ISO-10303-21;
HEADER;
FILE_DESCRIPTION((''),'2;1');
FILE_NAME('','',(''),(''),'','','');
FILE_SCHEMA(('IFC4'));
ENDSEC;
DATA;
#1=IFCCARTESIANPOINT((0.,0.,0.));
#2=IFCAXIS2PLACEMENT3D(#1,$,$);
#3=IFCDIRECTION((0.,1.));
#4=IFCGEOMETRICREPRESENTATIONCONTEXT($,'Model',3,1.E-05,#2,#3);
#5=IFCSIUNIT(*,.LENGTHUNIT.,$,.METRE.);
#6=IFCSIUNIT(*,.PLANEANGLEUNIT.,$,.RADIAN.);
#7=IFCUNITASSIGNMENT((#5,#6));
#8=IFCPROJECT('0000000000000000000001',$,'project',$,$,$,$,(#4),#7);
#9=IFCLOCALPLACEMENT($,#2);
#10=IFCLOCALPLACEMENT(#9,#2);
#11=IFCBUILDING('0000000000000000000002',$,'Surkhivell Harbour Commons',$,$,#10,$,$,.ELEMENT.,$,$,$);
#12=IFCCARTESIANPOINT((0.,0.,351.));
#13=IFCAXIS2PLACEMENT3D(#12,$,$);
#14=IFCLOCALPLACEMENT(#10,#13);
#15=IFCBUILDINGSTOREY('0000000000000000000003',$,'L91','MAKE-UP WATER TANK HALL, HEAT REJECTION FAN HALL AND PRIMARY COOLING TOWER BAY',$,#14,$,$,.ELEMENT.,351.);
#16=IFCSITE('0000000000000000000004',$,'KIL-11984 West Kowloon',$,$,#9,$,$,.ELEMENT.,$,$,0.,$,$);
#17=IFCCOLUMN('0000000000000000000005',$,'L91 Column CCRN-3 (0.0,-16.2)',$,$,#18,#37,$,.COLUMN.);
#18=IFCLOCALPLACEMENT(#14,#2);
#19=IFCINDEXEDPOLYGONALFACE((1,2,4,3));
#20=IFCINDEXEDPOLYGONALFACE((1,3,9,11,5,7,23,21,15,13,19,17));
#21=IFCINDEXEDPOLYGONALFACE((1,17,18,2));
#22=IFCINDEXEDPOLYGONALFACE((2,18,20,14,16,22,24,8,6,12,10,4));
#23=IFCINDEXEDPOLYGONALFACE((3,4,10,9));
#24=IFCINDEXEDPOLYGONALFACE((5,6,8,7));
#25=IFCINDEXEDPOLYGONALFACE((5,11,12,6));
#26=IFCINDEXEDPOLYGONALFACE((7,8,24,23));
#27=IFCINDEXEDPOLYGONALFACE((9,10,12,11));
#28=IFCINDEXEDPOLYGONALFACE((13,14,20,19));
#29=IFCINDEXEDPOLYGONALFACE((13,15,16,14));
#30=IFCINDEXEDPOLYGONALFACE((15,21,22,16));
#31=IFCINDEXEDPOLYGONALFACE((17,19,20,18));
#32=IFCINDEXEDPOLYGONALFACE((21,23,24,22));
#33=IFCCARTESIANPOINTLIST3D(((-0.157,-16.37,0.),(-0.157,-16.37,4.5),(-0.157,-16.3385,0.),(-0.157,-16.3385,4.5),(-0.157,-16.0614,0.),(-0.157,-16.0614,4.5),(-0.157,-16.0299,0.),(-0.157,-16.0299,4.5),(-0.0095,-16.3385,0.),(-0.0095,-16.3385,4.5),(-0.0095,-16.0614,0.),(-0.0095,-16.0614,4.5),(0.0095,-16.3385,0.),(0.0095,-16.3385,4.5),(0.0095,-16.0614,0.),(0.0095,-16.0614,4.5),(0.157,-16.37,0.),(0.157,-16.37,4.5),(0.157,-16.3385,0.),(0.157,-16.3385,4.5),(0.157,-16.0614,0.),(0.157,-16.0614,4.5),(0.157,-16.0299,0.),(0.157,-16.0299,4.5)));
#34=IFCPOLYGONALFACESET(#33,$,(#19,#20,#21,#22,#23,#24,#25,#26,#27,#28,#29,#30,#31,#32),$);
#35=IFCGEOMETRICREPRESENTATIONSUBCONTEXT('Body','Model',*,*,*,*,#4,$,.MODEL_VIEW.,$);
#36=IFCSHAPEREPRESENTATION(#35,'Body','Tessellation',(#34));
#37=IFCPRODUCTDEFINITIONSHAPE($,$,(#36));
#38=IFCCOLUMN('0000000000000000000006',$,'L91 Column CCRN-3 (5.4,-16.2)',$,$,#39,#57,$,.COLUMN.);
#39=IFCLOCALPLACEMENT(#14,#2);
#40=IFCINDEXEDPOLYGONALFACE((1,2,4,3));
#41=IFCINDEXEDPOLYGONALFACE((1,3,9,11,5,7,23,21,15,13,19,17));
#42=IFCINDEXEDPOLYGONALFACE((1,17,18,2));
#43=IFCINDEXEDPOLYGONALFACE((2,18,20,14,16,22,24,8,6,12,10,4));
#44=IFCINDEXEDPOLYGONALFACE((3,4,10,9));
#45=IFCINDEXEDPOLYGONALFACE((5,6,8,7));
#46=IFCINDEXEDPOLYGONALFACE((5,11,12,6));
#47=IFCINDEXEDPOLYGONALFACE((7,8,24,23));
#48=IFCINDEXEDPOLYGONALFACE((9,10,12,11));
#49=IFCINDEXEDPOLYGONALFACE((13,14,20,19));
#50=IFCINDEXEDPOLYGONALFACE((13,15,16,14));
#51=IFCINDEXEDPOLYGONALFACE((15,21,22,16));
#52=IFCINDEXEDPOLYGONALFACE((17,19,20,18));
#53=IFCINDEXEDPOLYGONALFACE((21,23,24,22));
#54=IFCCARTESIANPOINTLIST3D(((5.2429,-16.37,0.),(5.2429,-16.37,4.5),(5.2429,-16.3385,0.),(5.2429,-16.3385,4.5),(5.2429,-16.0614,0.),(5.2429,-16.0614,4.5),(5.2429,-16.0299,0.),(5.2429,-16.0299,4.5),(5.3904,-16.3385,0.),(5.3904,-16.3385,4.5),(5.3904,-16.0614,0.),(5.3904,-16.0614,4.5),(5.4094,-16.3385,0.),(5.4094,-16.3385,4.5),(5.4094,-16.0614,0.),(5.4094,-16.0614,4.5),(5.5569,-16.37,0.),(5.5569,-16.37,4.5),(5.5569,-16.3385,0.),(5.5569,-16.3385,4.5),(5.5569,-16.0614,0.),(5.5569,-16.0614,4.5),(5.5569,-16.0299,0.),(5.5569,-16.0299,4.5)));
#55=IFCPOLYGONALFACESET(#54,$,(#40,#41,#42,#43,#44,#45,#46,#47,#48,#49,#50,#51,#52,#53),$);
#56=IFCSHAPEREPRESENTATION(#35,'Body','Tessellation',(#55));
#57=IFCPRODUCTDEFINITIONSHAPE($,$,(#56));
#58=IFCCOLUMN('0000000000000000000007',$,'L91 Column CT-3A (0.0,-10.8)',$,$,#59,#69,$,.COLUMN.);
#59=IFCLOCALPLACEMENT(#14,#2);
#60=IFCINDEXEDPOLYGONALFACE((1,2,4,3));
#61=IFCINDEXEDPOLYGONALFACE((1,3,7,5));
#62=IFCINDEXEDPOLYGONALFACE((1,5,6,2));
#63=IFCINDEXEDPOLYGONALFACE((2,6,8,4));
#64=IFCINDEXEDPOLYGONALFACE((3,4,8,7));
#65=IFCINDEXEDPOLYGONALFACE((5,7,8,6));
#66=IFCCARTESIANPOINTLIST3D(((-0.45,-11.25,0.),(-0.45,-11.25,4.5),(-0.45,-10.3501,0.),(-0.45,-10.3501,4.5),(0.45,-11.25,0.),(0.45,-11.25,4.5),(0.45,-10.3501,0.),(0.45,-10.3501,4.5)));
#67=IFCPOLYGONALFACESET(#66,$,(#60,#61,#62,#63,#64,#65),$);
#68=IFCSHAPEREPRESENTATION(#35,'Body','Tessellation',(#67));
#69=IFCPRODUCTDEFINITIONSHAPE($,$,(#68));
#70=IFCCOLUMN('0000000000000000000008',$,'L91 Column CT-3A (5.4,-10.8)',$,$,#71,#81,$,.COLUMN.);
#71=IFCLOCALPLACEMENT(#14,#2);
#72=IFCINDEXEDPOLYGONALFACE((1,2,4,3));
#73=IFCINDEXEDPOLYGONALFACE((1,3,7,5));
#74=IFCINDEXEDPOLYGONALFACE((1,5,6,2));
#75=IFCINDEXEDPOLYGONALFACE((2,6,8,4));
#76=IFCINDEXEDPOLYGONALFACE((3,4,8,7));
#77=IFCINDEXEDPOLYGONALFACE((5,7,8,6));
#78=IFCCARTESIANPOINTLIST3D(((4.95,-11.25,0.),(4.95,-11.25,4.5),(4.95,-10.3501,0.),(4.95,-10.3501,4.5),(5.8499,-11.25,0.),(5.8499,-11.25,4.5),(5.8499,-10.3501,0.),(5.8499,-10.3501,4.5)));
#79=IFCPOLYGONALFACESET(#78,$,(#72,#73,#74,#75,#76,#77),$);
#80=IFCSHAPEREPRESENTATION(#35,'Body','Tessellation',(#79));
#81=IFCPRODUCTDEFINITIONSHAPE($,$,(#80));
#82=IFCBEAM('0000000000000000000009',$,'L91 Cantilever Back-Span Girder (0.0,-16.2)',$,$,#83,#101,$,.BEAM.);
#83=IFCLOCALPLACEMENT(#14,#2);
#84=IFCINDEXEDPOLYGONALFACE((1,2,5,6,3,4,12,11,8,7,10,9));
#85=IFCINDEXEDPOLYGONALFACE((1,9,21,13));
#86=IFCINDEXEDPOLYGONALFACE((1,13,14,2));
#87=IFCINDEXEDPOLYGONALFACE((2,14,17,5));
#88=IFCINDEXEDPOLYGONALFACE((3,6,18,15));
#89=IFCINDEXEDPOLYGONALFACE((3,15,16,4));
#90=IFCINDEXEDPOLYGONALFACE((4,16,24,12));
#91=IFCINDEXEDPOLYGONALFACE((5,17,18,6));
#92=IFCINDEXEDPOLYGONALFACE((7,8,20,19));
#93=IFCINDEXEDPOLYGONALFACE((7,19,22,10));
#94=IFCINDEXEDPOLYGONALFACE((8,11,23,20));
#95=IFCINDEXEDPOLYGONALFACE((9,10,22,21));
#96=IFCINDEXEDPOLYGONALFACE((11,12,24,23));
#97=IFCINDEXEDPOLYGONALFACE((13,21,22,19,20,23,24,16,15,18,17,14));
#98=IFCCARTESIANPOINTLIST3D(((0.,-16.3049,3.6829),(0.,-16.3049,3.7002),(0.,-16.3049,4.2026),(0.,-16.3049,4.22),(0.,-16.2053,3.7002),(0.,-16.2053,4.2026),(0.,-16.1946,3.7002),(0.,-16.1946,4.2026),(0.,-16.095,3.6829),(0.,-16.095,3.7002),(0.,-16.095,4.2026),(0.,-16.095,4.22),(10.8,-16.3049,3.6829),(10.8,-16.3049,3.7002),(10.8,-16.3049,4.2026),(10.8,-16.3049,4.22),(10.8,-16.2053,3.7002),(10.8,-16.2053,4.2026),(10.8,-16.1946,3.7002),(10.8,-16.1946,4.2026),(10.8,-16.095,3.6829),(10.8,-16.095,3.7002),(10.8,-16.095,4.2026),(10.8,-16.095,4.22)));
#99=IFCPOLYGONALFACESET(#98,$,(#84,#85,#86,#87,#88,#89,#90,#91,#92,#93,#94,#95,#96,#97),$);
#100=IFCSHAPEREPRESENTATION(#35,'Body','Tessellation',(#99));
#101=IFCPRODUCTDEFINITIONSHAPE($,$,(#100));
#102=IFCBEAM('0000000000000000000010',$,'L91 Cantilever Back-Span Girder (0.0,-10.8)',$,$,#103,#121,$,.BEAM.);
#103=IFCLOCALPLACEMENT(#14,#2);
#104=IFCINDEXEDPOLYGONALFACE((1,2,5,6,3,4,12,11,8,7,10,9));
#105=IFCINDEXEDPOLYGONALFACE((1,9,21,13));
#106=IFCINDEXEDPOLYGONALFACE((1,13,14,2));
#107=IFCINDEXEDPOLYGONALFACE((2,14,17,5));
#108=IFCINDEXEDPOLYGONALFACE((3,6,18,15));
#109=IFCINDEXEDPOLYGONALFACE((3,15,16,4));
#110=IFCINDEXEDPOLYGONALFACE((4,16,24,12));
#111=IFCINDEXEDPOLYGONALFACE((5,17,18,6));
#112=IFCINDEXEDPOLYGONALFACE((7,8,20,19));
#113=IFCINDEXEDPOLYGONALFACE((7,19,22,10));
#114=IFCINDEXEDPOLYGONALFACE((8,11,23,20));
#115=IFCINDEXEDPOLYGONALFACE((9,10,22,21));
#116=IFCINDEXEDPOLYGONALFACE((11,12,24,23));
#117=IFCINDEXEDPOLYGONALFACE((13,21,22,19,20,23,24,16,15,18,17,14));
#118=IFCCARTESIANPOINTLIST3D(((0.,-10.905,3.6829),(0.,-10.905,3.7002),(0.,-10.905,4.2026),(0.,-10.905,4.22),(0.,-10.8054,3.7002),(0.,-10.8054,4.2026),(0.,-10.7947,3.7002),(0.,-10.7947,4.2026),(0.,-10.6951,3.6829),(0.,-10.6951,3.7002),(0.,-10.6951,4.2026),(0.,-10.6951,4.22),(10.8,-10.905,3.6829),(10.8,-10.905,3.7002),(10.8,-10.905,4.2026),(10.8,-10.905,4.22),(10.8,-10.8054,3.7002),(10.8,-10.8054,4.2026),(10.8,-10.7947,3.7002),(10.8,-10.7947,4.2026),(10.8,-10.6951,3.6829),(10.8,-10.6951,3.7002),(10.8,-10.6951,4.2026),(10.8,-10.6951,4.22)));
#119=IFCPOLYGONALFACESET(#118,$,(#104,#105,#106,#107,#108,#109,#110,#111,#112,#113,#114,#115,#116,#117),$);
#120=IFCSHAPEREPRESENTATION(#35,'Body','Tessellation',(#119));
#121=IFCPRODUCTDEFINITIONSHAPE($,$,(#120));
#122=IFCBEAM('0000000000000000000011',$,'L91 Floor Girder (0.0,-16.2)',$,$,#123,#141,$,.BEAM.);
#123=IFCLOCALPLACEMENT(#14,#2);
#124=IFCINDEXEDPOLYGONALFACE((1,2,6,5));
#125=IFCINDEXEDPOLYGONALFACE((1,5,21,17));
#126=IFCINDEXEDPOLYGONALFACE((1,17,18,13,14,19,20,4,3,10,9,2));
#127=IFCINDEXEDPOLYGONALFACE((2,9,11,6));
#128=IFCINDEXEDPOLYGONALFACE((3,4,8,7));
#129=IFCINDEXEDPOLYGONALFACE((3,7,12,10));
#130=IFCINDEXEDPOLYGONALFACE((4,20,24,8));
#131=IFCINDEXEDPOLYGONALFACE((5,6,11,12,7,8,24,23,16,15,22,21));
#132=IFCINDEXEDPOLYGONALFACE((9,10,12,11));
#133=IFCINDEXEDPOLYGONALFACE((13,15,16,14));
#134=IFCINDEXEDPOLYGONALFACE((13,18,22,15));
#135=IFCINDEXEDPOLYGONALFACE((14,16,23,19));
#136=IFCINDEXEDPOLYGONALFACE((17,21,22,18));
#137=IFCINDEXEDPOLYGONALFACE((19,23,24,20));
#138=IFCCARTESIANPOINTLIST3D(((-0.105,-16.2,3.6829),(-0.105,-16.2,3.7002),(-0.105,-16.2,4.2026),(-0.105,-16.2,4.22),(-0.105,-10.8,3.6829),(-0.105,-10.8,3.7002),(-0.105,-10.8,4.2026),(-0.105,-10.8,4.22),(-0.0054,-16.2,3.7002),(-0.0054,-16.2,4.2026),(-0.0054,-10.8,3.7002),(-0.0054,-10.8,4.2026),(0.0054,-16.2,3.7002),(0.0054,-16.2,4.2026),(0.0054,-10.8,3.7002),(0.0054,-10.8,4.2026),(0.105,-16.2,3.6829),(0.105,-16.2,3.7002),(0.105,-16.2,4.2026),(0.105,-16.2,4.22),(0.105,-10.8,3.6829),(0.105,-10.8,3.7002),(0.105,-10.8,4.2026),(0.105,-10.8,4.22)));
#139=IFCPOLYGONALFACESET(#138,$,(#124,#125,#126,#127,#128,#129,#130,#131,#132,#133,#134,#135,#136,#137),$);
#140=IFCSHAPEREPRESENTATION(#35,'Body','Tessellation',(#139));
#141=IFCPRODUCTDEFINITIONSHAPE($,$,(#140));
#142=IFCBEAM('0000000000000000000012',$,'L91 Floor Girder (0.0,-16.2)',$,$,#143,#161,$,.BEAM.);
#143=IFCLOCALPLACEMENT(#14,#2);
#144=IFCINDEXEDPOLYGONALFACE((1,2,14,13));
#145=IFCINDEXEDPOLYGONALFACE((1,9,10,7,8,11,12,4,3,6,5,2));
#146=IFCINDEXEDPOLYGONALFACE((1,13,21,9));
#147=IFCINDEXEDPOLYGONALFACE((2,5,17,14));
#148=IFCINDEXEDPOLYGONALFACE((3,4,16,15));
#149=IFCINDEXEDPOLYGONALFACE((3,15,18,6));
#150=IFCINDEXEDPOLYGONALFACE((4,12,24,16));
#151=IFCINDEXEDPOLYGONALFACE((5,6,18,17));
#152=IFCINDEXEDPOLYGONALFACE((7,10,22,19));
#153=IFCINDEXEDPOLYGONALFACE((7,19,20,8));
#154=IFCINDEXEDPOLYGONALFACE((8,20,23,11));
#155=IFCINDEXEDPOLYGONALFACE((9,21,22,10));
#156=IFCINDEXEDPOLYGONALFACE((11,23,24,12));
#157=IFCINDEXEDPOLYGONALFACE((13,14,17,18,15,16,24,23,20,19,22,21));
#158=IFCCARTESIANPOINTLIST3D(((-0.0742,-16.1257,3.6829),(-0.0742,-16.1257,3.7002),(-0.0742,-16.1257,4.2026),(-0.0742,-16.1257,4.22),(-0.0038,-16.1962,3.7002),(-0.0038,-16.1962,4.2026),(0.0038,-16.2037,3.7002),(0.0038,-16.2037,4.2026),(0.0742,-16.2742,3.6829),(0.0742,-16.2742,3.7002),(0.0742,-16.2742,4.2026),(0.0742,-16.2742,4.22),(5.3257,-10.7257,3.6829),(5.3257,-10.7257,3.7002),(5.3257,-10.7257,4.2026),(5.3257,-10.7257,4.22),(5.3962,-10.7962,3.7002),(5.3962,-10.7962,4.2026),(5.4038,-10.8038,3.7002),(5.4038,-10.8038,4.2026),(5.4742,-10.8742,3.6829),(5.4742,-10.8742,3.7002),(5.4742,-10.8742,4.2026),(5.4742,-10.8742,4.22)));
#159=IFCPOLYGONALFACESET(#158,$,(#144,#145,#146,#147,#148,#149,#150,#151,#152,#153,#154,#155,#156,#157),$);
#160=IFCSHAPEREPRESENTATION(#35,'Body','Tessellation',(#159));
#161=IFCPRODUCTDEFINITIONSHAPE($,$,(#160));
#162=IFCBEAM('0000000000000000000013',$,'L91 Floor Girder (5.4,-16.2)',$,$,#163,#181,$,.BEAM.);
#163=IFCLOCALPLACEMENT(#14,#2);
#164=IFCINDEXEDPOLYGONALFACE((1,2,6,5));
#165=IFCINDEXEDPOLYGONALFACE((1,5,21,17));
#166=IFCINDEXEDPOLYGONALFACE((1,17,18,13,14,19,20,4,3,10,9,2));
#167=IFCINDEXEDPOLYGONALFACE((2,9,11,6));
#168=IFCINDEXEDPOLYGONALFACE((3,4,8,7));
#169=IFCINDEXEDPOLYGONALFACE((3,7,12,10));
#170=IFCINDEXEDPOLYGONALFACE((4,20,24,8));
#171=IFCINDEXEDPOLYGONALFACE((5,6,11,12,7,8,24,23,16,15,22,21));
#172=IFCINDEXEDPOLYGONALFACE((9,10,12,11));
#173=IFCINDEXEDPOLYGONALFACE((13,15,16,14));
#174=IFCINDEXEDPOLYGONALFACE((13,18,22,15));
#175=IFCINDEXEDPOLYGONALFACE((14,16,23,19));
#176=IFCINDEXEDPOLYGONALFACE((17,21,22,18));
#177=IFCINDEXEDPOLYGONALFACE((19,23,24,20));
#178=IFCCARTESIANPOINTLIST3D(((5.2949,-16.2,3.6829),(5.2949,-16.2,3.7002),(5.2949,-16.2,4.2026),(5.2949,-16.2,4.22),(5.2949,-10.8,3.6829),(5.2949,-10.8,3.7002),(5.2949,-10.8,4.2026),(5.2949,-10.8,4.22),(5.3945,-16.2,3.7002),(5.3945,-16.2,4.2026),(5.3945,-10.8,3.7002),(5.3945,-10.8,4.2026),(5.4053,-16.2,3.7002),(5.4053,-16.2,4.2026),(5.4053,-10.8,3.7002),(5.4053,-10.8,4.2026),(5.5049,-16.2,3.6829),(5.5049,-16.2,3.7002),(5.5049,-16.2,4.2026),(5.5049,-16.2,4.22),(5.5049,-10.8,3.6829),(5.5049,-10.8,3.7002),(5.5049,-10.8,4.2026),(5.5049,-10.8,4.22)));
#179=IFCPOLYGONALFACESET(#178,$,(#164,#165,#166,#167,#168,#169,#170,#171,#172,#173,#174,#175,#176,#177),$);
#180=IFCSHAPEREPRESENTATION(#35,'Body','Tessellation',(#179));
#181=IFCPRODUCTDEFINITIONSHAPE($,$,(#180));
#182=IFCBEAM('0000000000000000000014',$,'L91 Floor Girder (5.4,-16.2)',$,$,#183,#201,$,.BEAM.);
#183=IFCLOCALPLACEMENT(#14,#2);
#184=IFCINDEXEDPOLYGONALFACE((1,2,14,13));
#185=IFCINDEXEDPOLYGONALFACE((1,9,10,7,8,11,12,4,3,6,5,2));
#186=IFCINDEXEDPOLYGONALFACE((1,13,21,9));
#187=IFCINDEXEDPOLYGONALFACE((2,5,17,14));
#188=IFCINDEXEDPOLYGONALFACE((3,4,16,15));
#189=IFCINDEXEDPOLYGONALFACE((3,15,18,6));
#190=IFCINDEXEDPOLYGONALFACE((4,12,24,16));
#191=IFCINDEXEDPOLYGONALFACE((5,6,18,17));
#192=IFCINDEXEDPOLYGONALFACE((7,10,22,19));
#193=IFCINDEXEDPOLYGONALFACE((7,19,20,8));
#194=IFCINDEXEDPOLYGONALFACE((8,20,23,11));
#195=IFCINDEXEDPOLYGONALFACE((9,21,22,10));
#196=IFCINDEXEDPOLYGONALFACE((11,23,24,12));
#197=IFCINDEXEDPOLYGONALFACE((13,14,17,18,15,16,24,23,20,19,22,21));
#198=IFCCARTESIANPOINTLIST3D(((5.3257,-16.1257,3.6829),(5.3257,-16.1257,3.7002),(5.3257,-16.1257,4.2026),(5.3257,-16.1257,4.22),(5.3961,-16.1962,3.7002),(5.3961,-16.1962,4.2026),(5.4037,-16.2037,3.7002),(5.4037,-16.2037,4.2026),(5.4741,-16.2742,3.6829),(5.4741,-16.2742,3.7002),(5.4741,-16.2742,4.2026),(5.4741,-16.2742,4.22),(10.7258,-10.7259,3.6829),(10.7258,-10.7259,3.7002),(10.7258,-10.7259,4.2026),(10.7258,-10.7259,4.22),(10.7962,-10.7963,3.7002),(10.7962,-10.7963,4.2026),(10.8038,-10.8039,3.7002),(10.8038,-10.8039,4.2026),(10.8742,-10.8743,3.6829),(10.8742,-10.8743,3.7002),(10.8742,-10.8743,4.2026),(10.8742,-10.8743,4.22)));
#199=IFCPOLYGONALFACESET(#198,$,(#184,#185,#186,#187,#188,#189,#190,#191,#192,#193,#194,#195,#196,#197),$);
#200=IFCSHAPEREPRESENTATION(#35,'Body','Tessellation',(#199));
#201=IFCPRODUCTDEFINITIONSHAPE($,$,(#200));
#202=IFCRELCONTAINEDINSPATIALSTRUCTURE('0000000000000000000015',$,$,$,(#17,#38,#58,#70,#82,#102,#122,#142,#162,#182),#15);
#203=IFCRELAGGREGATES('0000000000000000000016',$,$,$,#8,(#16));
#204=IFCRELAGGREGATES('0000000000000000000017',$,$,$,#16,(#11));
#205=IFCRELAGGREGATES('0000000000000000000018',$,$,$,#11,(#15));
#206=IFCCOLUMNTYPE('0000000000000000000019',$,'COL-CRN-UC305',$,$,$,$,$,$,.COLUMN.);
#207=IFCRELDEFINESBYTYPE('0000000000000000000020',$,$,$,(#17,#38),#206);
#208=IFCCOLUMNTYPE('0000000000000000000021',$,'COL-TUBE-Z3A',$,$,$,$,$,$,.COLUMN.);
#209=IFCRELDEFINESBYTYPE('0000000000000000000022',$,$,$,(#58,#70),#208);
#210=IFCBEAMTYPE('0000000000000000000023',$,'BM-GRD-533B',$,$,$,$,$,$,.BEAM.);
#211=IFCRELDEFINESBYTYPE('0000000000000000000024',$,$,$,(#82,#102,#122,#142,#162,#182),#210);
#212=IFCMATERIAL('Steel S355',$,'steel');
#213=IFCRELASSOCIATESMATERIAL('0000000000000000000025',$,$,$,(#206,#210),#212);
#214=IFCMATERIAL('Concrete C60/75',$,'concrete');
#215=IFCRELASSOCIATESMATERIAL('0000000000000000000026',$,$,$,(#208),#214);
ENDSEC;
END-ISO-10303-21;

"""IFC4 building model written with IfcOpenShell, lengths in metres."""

from ifc_helpers import new_model, si_unit, direction, frame, origin, origin_2d, place, context, subcontext, project, spatial, rectangle, i_section, extrude, material, material_profile, profile_set, type_object, element, save


model = new_model("IFC4")

# Units and contexts
model_context = context("Model", 3, precision=1e-05, world=origin(), true_north=direction((0.0, 1.0)))
body_context = subcontext(model_context, "Body", "Model", "MODEL_VIEW")
ifc_project = project(units=[si_unit("LENGTHUNIT", "METRE"), si_unit("PLANEANGLEUNIT", "RADIAN")], contexts=[model_context])

# Site, building, storey
site_placement = place(None, origin())
site = spatial("IfcSite", under=ifc_project, at=site_placement, Name="KIL-11984 West Kowloon", CompositionType="ELEMENT", RefElevation=0.0)
building_placement = place(site_placement, origin())
building = spatial("IfcBuilding", under=site, at=building_placement, Name="Surkhivell Harbour Commons", CompositionType="ELEMENT")
storey_placement = place(building_placement, frame((0.0, 0.0, 351.0)))
storey = spatial("IfcBuildingStorey", under=building, at=storey_placement, Name="L91", Description="MAKE-UP WATER TANK HALL, HEAT REJECTION FAN HALL AND PRIMARY COOLING TOWER BAY", CompositionType="ELEMENT", Elevation=351.0)

# Columns
ifc_material_1 = material(Name="Steel S355", Category="steel")
ifc_material_profile_1 = material_profile(ifc_material_1, i_section(OverallWidth=0.314, OverallDepth=0.3401, WebThickness=0.019, FlangeThickness=0.0315, at=origin_2d()), Name="UC305x305x198")
ifc_profile_set_1 = profile_set([ifc_material_profile_1], Name="Steel S355")
column_type_1 = type_object("IfcColumnType", Name="COL-CRN-UC305", PredefinedType="COLUMN", material=ifc_profile_set_1)
for number, where, z_axis, x_axis, name in (
    (1, (0.0, -16.2, 0.0), (0.0, 0.0, 1.0), (1.0, 0.0, 0.0), "L91 Column CCRN-3 (0.0,-16.2)"),
    (2, (5.3999, -16.2, 0.0), (0.0, 0.0, 1.0), (1.0, 0.0, 0.0), "L91 Column CCRN-3 (5.4,-16.2)"),
):
    element("IfcColumn", number, at=place(storey_placement, frame(where, z_axis=z_axis, x_axis=x_axis)), inside=storey, type_object=column_type_1, Name=name, PredefinedType="COLUMN", context=body_context, shape_type="SweptSolid", body=[
        extrude(i_section(OverallWidth=0.314, OverallDepth=0.3401, WebThickness=0.019, FlangeThickness=0.0315, at=origin_2d()), origin(), (0.0, 0.0, 1.0), 4.5),
    ])
ifc_material_2 = material(Name="Concrete C60/75", Category="concrete")
ifc_material_profile_2 = material_profile(ifc_material_2, rectangle(XDim=0.8999, YDim=0.8999, at=origin_2d()), Name="RC-COL-900x900")
ifc_profile_set_2 = profile_set([ifc_material_profile_2], Name="Concrete C60/75")
column_type_2 = type_object("IfcColumnType", Name="COL-TUBE-Z3A", PredefinedType="COLUMN", material=ifc_profile_set_2)
for number, where, z_axis, x_axis, name in (
    (3, (0.0, -10.8, 0.0), (0.0, 0.0, 1.0), (1.0, 0.0, 0.0), "L91 Column CT-3A (0.0,-10.8)"),
    (4, (5.3999, -10.8, 0.0), (0.0, 0.0, 1.0), (1.0, 0.0, 0.0), "L91 Column CT-3A (5.4,-10.8)"),
):
    element("IfcColumn", number, at=place(storey_placement, frame(where, z_axis=z_axis, x_axis=x_axis)), inside=storey, type_object=column_type_2, Name=name, PredefinedType="COLUMN", context=body_context, shape_type="SweptSolid", body=[
        extrude(rectangle(XDim=0.8999, YDim=0.8999, at=origin_2d()), origin(), (0.0, 0.0, 1.0), 4.5),
    ])

# Beams
ifc_material_profile_3 = material_profile(ifc_material_1, i_section(OverallWidth=0.21, OverallDepth=0.5371, WebThickness=0.0107, FlangeThickness=0.0173, at=origin_2d()), Name="UB533x210x101")
ifc_profile_set_3 = profile_set([ifc_material_profile_3], Name="Steel S355")
beam_type = type_object("IfcBeamType", Name="BM-GRD-533B", PredefinedType="BEAM", material=ifc_profile_set_3)
for number, where, z_axis, x_axis, name in (
    (5, (0.0, -16.2, 3.9514), (1.0, 0.0, 0.0), (0.0, 1.0, 0.0), "L91 Cantilever Back-Span Girder (0.0,-16.2)"),
    (6, (0.0, -10.8, 3.9514), (1.0, 0.0, 0.0), (0.0, 1.0, 0.0), "L91 Cantilever Back-Span Girder (0.0,-10.8)"),
):
    element("IfcBeam", number, at=place(storey_placement, frame(where, z_axis=z_axis, x_axis=x_axis)), inside=storey, type_object=beam_type, Name=name, PredefinedType="BEAM", context=body_context, shape_type="SweptSolid", body=[
        extrude(i_section(OverallWidth=0.21, OverallDepth=0.5371, WebThickness=0.0107, FlangeThickness=0.0173, at=origin_2d()), origin(), (0.0, 0.0, 1.0), 10.8),
    ])
beam_1_placement = place(storey_placement, frame((0.0, -16.2, 3.9514), z_axis=(0.0, 1.0, 0.0), x_axis=(-1.0, 0.0, 0.0)))
element("IfcBeam", 7, at=beam_1_placement, inside=storey, type_object=beam_type, Name="L91 Floor Girder (0.0,-16.2)", PredefinedType="BEAM", context=body_context, shape_type="SweptSolid", body=[
    extrude(i_section(OverallWidth=0.21, OverallDepth=0.5371, WebThickness=0.0107, FlangeThickness=0.0173, at=origin_2d()), origin(), (0.0, 0.0, 1.0), 5.3999),
])
beam_2_placement = place(storey_placement, frame((0.0, -16.2, 3.9514), z_axis=(0.707107, 0.707107, 0.0), x_axis=(-0.707107, 0.707107, 0.0)))
element("IfcBeam", 8, at=beam_2_placement, inside=storey, type_object=beam_type, Name="L91 Floor Girder (0.0,-16.2)", PredefinedType="BEAM", context=body_context, shape_type="SweptSolid", body=[
    extrude(i_section(OverallWidth=0.21, OverallDepth=0.5371, WebThickness=0.0107, FlangeThickness=0.0173, at=origin_2d()), origin(), (0.0, 0.0, 1.0), 7.6367),
])
beam_3_placement = place(storey_placement, frame((5.3999, -16.2, 3.9514), z_axis=(0.0, 1.0, 0.0), x_axis=(-1.0, 0.0, 0.0)))
element("IfcBeam", 9, at=beam_3_placement, inside=storey, type_object=beam_type, Name="L91 Floor Girder (5.4,-16.2)", PredefinedType="BEAM", context=body_context, shape_type="SweptSolid", body=[
    extrude(i_section(OverallWidth=0.21, OverallDepth=0.5371, WebThickness=0.0107, FlangeThickness=0.0173, at=origin_2d()), origin(), (0.0, 0.0, 1.0), 5.3999),
])
beam_4_placement = place(storey_placement, frame((5.3999, -16.2, 3.9514), z_axis=(0.707123, 0.707091, 0.0), x_axis=(-0.707091, 0.707123, 0.0)))
element("IfcBeam", 10, at=beam_4_placement, inside=storey, type_object=beam_type, Name="L91 Floor Girder (5.4,-16.2)", PredefinedType="BEAM", context=body_context, shape_type="SweptSolid", body=[
    extrude(i_section(OverallWidth=0.21, OverallDepth=0.5371, WebThickness=0.0107, FlangeThickness=0.0173, at=origin_2d()), origin(), (0.0, 0.0, 1.0), 7.6367),
])

save(model, "model.ifc")
